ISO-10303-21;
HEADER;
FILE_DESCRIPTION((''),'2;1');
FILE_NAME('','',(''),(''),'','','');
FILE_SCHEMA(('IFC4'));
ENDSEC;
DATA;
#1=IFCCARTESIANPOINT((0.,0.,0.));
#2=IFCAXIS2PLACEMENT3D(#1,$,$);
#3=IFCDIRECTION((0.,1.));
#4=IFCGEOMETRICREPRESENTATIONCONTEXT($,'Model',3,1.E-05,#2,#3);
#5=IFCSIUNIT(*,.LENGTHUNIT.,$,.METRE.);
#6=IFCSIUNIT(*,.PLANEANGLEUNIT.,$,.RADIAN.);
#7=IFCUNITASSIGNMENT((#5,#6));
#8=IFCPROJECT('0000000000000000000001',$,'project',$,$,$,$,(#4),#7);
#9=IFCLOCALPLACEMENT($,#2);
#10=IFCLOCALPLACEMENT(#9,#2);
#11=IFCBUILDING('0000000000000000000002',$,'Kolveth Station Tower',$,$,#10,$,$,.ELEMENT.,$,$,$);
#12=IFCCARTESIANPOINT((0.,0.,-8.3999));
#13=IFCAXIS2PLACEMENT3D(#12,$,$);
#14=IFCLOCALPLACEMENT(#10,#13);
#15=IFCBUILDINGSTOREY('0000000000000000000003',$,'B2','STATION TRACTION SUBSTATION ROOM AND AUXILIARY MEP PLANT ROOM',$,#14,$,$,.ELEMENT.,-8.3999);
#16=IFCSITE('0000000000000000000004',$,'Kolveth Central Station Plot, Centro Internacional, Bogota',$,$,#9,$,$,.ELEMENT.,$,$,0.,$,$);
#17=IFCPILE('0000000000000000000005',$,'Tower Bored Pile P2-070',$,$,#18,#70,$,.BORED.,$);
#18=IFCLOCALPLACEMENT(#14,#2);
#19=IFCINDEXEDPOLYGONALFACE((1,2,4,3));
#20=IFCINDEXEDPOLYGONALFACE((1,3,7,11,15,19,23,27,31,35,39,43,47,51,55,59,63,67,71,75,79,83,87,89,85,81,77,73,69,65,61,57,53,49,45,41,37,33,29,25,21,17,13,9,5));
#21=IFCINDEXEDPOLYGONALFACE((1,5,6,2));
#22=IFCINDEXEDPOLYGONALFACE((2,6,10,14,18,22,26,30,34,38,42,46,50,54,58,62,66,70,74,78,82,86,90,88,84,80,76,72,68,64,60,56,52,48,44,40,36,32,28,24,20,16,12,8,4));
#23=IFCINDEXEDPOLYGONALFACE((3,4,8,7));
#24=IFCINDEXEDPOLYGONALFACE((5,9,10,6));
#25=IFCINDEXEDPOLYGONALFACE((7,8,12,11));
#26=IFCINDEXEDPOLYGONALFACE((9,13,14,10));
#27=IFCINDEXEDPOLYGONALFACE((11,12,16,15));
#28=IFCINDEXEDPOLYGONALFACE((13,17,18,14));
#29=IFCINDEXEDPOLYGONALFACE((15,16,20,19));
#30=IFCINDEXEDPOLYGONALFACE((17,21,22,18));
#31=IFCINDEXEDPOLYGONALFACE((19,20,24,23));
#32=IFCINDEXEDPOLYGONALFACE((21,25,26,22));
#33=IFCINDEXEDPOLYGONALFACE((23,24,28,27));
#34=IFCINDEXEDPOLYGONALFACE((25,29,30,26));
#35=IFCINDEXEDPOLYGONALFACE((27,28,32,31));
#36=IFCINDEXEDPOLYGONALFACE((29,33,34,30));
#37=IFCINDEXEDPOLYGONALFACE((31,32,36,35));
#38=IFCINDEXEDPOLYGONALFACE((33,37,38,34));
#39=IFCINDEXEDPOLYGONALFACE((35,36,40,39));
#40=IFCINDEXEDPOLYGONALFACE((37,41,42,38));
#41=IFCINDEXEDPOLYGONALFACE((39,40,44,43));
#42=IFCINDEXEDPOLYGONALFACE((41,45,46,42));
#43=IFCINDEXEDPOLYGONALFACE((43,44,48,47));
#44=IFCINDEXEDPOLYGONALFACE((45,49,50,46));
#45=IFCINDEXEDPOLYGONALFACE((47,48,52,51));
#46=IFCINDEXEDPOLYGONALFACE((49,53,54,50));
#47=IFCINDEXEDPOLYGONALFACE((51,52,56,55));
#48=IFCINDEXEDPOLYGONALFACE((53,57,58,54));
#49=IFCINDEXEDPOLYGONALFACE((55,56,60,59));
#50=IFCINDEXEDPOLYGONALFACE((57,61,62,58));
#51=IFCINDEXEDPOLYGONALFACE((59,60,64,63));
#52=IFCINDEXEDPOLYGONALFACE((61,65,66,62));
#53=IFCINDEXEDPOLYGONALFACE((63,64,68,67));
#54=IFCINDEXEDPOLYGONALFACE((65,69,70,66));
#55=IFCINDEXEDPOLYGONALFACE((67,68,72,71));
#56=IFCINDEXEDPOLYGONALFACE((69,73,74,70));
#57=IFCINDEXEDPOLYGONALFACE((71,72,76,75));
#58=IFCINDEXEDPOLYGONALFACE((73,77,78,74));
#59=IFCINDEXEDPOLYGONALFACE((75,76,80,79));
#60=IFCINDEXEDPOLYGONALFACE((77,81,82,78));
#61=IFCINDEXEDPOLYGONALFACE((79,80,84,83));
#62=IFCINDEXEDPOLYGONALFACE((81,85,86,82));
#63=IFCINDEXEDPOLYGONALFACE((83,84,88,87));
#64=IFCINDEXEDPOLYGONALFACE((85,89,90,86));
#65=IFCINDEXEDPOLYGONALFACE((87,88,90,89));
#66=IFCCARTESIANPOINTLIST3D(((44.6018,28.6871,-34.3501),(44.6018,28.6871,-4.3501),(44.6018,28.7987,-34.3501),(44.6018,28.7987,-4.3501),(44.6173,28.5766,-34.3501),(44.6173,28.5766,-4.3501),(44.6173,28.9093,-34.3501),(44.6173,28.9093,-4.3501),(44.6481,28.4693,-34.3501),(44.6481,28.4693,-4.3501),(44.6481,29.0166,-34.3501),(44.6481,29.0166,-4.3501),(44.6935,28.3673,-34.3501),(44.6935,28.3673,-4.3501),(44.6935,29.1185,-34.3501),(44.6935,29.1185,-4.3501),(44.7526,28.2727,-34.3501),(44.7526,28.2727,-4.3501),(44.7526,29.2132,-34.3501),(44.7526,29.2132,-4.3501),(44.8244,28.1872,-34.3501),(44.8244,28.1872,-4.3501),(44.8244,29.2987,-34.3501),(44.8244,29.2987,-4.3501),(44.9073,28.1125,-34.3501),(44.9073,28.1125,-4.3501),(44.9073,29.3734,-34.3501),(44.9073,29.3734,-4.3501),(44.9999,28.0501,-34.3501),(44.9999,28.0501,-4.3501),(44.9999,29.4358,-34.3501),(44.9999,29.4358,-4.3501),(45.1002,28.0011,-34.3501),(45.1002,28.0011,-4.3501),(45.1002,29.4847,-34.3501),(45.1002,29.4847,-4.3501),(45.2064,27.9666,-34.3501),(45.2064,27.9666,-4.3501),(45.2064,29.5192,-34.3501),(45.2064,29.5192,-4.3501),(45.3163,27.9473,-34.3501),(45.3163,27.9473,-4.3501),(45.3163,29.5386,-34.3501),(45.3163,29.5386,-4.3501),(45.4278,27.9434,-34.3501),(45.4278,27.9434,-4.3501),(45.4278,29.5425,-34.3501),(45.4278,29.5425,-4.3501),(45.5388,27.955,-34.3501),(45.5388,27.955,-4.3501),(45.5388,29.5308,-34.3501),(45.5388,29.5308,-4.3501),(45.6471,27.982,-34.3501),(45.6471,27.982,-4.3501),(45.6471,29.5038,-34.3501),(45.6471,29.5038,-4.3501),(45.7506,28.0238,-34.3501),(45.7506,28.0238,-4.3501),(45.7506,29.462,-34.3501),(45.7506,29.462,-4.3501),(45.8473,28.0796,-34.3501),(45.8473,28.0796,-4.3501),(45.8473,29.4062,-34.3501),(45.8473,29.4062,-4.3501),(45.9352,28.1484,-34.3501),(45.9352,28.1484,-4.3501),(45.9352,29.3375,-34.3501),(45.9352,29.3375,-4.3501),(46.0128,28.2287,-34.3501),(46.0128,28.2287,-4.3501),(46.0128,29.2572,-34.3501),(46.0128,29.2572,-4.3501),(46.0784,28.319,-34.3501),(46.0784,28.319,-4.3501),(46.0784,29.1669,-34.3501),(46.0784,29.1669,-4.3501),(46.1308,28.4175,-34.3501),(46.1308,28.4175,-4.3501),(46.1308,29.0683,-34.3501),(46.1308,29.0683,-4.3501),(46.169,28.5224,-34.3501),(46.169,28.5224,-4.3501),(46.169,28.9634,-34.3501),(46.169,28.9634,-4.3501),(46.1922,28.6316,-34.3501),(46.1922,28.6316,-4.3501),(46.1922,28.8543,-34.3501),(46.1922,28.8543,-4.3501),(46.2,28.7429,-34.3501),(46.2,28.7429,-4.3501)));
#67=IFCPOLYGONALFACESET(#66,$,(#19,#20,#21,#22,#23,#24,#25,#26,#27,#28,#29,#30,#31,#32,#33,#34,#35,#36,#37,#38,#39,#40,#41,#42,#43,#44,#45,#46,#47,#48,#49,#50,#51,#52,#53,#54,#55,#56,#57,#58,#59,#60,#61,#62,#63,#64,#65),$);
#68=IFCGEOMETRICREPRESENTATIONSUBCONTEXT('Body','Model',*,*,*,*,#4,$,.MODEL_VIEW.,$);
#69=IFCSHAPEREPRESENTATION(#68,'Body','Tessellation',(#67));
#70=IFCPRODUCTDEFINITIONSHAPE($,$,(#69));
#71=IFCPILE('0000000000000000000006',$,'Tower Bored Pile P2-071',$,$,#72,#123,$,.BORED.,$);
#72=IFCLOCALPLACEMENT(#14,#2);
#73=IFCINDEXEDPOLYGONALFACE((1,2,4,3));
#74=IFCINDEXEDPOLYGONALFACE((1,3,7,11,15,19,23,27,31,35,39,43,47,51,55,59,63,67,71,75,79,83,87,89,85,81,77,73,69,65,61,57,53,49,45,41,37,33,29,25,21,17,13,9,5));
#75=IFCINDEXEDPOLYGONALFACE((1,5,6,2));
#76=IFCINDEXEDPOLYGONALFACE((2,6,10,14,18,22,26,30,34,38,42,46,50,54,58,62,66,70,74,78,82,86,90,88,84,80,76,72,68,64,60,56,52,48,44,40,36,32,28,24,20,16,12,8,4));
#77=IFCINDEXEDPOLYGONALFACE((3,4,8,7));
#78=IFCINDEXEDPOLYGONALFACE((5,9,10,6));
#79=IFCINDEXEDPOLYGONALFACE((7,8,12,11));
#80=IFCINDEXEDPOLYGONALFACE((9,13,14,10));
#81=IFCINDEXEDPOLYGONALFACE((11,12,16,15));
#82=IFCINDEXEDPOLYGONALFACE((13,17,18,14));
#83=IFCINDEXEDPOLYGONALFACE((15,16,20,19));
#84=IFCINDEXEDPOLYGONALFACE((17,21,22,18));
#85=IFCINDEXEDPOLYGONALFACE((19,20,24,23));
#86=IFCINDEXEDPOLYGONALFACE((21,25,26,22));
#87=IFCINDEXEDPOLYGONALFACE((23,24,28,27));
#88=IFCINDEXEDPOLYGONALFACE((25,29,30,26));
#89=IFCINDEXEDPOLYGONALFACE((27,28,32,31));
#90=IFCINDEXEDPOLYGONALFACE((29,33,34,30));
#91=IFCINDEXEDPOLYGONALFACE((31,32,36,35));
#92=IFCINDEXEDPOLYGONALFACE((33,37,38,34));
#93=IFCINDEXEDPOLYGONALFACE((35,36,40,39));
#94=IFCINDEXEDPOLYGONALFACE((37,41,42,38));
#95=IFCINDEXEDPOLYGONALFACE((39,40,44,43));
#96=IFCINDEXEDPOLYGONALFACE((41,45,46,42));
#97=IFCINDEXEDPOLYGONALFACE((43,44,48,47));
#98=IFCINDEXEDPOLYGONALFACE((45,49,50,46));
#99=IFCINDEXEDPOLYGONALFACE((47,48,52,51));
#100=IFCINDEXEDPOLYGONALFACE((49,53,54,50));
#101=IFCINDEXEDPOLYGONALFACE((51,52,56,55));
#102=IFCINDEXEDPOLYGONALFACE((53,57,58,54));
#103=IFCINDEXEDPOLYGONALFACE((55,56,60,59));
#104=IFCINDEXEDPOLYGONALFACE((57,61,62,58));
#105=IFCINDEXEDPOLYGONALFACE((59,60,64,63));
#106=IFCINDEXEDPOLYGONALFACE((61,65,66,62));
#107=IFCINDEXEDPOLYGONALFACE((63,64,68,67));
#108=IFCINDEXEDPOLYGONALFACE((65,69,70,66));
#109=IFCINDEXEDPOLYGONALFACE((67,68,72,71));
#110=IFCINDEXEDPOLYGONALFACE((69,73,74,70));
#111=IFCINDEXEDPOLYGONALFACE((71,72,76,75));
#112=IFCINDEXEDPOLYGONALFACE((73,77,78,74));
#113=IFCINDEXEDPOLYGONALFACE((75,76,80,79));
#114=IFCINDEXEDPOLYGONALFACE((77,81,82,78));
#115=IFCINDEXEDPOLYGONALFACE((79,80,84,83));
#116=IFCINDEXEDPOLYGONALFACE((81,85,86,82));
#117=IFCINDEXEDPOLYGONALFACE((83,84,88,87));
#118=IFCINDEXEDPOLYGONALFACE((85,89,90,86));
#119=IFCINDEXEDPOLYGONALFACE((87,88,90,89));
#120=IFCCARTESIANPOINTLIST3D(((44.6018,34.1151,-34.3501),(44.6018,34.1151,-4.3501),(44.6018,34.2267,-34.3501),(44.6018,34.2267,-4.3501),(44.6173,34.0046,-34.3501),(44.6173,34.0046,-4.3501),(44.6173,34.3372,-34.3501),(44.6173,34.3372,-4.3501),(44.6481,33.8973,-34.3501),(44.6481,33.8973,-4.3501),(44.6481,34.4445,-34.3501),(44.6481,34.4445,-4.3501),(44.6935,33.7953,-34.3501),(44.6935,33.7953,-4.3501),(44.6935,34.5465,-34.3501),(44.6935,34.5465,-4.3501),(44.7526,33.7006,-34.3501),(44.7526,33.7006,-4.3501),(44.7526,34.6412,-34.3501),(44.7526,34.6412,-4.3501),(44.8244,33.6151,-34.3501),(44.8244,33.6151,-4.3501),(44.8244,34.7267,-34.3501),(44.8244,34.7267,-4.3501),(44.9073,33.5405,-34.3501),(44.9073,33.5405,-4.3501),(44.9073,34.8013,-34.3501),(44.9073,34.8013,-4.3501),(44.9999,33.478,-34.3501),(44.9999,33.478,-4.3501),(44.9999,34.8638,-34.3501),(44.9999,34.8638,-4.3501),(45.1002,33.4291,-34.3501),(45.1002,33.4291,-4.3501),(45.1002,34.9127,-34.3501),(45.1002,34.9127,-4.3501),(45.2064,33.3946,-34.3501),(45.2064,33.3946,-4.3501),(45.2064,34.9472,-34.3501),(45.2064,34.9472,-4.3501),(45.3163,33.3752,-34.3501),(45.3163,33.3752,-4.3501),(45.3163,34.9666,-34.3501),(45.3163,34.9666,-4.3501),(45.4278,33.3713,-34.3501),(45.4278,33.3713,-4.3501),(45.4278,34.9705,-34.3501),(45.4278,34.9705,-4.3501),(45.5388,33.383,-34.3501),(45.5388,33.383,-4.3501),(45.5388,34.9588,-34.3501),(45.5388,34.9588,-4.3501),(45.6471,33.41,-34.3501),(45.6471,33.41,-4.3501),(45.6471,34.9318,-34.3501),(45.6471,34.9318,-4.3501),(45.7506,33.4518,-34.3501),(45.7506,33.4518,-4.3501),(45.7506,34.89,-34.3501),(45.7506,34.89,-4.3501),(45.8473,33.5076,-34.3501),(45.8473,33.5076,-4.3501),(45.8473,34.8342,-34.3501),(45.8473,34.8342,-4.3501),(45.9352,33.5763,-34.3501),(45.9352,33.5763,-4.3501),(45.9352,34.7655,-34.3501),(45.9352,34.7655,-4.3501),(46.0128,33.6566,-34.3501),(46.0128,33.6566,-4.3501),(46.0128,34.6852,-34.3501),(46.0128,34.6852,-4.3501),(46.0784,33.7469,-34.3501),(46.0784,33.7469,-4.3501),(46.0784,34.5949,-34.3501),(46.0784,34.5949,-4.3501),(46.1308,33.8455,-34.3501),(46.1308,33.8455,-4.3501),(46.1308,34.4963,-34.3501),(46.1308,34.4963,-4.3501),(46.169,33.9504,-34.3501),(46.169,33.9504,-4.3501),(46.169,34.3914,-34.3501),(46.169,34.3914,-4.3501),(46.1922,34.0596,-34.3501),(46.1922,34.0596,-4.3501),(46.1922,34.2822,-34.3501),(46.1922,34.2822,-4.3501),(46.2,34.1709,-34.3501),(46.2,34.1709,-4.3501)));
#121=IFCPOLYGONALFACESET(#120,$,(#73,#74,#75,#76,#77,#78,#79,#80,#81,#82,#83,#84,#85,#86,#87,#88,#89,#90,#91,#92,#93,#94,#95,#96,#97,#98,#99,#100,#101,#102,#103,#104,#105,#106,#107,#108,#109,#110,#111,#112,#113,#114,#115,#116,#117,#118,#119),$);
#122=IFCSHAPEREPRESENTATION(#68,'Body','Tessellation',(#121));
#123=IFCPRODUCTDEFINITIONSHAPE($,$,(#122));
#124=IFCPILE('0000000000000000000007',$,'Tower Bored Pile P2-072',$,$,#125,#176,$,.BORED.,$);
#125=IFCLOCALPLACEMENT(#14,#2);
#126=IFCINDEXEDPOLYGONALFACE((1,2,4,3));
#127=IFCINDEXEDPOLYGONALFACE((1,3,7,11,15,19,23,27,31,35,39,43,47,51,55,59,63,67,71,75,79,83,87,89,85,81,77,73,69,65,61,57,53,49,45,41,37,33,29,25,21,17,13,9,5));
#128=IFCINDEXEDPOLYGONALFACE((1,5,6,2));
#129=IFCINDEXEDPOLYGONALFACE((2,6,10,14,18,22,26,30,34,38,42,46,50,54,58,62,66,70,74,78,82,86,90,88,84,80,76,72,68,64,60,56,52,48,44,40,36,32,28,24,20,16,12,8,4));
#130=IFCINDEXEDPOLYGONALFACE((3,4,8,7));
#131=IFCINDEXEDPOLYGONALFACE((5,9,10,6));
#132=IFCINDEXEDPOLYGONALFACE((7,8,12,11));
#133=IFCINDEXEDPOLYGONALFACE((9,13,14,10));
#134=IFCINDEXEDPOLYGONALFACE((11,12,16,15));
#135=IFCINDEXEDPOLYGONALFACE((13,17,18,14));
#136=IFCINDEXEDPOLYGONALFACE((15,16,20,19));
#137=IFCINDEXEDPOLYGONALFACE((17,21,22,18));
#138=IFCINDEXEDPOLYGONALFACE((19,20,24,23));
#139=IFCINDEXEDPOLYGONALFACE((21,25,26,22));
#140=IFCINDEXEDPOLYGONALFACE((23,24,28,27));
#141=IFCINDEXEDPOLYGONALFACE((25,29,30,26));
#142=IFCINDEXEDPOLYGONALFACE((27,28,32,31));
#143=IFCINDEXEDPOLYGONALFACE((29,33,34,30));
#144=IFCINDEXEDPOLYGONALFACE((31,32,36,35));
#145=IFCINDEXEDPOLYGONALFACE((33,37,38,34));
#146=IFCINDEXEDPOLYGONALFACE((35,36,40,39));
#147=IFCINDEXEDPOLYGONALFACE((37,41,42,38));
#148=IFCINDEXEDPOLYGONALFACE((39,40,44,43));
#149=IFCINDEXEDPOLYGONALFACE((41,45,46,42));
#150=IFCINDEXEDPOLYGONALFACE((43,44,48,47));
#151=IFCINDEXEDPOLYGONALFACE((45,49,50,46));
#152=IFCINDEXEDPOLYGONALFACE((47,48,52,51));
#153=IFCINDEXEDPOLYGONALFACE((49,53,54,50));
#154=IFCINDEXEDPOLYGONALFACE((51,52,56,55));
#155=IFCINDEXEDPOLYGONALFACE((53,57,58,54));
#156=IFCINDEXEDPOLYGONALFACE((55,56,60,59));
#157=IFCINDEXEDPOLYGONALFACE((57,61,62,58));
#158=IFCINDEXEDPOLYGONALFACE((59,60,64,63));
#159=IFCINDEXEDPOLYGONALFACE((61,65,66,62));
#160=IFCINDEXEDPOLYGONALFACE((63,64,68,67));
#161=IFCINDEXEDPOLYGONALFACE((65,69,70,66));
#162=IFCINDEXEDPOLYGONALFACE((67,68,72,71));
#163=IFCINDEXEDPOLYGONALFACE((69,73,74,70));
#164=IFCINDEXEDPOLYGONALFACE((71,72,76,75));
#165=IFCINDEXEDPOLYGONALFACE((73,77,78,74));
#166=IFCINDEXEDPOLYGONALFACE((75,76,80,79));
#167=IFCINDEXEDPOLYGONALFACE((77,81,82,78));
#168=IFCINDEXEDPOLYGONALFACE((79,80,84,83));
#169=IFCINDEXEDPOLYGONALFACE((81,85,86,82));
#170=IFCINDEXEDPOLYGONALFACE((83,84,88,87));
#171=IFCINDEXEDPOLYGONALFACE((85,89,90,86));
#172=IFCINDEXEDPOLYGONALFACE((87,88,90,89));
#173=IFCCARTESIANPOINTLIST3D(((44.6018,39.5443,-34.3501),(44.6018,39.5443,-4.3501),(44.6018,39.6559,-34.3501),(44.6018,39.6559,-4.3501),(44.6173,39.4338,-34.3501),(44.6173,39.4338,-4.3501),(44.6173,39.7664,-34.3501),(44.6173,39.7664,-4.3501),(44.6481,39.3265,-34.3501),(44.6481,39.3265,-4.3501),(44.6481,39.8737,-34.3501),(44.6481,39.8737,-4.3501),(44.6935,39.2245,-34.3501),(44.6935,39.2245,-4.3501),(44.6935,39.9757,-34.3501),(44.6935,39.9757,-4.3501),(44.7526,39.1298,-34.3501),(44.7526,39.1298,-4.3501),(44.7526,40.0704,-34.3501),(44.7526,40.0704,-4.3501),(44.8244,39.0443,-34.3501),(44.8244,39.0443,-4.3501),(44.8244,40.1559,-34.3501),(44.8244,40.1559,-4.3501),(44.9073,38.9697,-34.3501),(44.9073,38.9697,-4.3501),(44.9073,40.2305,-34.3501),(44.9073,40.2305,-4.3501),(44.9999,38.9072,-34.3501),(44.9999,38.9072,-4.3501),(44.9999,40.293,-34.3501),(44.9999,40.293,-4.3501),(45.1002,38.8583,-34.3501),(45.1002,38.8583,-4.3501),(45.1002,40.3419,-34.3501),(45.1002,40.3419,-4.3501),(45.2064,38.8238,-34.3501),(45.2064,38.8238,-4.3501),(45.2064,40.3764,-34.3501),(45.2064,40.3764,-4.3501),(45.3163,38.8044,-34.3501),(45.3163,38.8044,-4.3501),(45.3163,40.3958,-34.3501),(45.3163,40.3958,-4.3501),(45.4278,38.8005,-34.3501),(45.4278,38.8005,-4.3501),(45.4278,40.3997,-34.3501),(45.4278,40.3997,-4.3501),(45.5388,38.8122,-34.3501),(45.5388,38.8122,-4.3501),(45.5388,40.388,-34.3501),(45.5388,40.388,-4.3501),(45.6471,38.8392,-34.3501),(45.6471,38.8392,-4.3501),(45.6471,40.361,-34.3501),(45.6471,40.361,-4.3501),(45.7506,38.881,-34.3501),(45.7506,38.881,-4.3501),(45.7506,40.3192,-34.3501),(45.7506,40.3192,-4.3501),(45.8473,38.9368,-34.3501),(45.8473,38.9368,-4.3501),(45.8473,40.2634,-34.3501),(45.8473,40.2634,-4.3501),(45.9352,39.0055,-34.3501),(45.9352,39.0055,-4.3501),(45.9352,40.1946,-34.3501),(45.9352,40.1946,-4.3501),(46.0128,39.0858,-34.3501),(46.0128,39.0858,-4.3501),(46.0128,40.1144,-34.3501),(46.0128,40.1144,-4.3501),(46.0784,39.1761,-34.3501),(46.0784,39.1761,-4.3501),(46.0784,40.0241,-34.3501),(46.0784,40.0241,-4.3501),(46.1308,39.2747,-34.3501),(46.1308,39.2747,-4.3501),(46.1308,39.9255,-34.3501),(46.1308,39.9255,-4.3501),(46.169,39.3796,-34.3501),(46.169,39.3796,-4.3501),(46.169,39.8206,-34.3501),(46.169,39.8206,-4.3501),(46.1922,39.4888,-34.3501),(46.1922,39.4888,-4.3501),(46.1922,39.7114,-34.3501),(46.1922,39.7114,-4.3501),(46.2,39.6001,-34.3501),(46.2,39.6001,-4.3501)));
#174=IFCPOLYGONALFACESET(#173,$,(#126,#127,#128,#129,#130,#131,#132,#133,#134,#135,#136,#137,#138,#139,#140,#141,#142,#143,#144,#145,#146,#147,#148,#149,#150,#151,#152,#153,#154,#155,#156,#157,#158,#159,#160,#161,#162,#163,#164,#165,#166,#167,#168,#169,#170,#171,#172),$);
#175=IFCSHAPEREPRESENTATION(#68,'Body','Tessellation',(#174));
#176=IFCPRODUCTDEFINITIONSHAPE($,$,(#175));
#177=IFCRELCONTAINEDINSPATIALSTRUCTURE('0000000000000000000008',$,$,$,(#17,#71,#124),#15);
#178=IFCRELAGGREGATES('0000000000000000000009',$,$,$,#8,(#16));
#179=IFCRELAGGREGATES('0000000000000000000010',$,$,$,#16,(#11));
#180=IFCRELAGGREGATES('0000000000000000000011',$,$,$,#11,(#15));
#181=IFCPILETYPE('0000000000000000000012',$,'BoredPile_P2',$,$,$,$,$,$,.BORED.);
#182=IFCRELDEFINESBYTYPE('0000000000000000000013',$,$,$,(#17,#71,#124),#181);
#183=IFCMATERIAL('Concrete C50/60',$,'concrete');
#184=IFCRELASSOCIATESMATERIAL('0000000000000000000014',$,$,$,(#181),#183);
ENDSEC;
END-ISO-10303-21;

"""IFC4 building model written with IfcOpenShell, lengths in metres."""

from ifc_helpers import new_model, si_unit, direction, frame, origin, origin_2d, place, context, subcontext, project, spatial, circle, extrude, source, transform, mapped, material, material_profile, profile_set, type_object, element, save


model = new_model("IFC4")

# Units and contexts
model_context = context("Model", 3, precision=1e-05, world=origin(), true_north=direction((0.0, 1.0)))
body_context = subcontext(model_context, "Body", "Model", "MODEL_VIEW")
ifc_project = project(units=[si_unit("LENGTHUNIT", "METRE"), si_unit("PLANEANGLEUNIT", "RADIAN")], contexts=[model_context])

# Site, building, storey
site_placement = place(None, origin())
site = spatial("IfcSite", under=ifc_project, at=site_placement, Name="Kolveth Central Station Plot, Centro Internacional, Bogota", CompositionType="ELEMENT", RefElevation=0.0)
building_placement = place(site_placement, origin())
building = spatial("IfcBuilding", under=site, at=building_placement, Name="Kolveth Station Tower", CompositionType="ELEMENT")
storey_placement = place(building_placement, frame((0.0, 0.0, -8.3999)))
storey = spatial("IfcBuildingStorey", under=building, at=storey_placement, Name="B2", Description="STATION TRACTION SUBSTATION ROOM AND AUXILIARY MEP PLANT ROOM", CompositionType="ELEMENT", Elevation=-8.3999)

# Piles
ifc_material_1 = material(Name="Concrete C50/60", Category="concrete")
ifc_material_profile_1 = material_profile(ifc_material_1, circle(Radius=0.8, at=origin_2d()), Name="PILE-D1600")
ifc_profile_set_1 = profile_set([ifc_material_profile_1], Name="Concrete C50/60")
pile_type_1 = type_object("IfcPileType", Name="BoredPile_P2", PredefinedType="BORED", material=ifc_profile_set_1)
shared_shape_1 = source(origin(), body_context, "Body", "SweptSolid", [
    extrude(circle(Radius=0.8, at=origin_2d()), origin(), (0.0, 0.0, 1.0), 30.0),
])
for number, where, z_axis, x_axis, name in (
    (1, (45.3999, 28.7429, -4.3501), (0.0, 0.0, -1.0), (1.0, 0.0, 0.0), "Tower Bored Pile P2-070"),
    (2, (45.3999, 34.1709, -4.3501), (0.0, 0.0, -1.0), (1.0, 0.0, 0.0), "Tower Bored Pile P2-071"),
    (3, (45.3999, 39.6001, -4.3501), (0.0, 0.0, -1.0), (1.0, 0.0, 0.0), "Tower Bored Pile P2-072"),
):
    element("IfcPile", number, at=place(storey_placement, frame(where, z_axis=z_axis, x_axis=x_axis)), inside=storey, type_object=pile_type_1, Name=name, PredefinedType="BORED", context=body_context, shape_type="MappedRepresentation", body=[
        mapped(shared_shape_1, transform((0.0, 0.0, 0.0), x_axis=(1.0, 0.0, 0.0), y_axis=(0.0, 1.0, 0.0), z_axis=(0.0, 0.0, 1.0), scale=1.0)),
    ])

save(model, "model.ifc")
